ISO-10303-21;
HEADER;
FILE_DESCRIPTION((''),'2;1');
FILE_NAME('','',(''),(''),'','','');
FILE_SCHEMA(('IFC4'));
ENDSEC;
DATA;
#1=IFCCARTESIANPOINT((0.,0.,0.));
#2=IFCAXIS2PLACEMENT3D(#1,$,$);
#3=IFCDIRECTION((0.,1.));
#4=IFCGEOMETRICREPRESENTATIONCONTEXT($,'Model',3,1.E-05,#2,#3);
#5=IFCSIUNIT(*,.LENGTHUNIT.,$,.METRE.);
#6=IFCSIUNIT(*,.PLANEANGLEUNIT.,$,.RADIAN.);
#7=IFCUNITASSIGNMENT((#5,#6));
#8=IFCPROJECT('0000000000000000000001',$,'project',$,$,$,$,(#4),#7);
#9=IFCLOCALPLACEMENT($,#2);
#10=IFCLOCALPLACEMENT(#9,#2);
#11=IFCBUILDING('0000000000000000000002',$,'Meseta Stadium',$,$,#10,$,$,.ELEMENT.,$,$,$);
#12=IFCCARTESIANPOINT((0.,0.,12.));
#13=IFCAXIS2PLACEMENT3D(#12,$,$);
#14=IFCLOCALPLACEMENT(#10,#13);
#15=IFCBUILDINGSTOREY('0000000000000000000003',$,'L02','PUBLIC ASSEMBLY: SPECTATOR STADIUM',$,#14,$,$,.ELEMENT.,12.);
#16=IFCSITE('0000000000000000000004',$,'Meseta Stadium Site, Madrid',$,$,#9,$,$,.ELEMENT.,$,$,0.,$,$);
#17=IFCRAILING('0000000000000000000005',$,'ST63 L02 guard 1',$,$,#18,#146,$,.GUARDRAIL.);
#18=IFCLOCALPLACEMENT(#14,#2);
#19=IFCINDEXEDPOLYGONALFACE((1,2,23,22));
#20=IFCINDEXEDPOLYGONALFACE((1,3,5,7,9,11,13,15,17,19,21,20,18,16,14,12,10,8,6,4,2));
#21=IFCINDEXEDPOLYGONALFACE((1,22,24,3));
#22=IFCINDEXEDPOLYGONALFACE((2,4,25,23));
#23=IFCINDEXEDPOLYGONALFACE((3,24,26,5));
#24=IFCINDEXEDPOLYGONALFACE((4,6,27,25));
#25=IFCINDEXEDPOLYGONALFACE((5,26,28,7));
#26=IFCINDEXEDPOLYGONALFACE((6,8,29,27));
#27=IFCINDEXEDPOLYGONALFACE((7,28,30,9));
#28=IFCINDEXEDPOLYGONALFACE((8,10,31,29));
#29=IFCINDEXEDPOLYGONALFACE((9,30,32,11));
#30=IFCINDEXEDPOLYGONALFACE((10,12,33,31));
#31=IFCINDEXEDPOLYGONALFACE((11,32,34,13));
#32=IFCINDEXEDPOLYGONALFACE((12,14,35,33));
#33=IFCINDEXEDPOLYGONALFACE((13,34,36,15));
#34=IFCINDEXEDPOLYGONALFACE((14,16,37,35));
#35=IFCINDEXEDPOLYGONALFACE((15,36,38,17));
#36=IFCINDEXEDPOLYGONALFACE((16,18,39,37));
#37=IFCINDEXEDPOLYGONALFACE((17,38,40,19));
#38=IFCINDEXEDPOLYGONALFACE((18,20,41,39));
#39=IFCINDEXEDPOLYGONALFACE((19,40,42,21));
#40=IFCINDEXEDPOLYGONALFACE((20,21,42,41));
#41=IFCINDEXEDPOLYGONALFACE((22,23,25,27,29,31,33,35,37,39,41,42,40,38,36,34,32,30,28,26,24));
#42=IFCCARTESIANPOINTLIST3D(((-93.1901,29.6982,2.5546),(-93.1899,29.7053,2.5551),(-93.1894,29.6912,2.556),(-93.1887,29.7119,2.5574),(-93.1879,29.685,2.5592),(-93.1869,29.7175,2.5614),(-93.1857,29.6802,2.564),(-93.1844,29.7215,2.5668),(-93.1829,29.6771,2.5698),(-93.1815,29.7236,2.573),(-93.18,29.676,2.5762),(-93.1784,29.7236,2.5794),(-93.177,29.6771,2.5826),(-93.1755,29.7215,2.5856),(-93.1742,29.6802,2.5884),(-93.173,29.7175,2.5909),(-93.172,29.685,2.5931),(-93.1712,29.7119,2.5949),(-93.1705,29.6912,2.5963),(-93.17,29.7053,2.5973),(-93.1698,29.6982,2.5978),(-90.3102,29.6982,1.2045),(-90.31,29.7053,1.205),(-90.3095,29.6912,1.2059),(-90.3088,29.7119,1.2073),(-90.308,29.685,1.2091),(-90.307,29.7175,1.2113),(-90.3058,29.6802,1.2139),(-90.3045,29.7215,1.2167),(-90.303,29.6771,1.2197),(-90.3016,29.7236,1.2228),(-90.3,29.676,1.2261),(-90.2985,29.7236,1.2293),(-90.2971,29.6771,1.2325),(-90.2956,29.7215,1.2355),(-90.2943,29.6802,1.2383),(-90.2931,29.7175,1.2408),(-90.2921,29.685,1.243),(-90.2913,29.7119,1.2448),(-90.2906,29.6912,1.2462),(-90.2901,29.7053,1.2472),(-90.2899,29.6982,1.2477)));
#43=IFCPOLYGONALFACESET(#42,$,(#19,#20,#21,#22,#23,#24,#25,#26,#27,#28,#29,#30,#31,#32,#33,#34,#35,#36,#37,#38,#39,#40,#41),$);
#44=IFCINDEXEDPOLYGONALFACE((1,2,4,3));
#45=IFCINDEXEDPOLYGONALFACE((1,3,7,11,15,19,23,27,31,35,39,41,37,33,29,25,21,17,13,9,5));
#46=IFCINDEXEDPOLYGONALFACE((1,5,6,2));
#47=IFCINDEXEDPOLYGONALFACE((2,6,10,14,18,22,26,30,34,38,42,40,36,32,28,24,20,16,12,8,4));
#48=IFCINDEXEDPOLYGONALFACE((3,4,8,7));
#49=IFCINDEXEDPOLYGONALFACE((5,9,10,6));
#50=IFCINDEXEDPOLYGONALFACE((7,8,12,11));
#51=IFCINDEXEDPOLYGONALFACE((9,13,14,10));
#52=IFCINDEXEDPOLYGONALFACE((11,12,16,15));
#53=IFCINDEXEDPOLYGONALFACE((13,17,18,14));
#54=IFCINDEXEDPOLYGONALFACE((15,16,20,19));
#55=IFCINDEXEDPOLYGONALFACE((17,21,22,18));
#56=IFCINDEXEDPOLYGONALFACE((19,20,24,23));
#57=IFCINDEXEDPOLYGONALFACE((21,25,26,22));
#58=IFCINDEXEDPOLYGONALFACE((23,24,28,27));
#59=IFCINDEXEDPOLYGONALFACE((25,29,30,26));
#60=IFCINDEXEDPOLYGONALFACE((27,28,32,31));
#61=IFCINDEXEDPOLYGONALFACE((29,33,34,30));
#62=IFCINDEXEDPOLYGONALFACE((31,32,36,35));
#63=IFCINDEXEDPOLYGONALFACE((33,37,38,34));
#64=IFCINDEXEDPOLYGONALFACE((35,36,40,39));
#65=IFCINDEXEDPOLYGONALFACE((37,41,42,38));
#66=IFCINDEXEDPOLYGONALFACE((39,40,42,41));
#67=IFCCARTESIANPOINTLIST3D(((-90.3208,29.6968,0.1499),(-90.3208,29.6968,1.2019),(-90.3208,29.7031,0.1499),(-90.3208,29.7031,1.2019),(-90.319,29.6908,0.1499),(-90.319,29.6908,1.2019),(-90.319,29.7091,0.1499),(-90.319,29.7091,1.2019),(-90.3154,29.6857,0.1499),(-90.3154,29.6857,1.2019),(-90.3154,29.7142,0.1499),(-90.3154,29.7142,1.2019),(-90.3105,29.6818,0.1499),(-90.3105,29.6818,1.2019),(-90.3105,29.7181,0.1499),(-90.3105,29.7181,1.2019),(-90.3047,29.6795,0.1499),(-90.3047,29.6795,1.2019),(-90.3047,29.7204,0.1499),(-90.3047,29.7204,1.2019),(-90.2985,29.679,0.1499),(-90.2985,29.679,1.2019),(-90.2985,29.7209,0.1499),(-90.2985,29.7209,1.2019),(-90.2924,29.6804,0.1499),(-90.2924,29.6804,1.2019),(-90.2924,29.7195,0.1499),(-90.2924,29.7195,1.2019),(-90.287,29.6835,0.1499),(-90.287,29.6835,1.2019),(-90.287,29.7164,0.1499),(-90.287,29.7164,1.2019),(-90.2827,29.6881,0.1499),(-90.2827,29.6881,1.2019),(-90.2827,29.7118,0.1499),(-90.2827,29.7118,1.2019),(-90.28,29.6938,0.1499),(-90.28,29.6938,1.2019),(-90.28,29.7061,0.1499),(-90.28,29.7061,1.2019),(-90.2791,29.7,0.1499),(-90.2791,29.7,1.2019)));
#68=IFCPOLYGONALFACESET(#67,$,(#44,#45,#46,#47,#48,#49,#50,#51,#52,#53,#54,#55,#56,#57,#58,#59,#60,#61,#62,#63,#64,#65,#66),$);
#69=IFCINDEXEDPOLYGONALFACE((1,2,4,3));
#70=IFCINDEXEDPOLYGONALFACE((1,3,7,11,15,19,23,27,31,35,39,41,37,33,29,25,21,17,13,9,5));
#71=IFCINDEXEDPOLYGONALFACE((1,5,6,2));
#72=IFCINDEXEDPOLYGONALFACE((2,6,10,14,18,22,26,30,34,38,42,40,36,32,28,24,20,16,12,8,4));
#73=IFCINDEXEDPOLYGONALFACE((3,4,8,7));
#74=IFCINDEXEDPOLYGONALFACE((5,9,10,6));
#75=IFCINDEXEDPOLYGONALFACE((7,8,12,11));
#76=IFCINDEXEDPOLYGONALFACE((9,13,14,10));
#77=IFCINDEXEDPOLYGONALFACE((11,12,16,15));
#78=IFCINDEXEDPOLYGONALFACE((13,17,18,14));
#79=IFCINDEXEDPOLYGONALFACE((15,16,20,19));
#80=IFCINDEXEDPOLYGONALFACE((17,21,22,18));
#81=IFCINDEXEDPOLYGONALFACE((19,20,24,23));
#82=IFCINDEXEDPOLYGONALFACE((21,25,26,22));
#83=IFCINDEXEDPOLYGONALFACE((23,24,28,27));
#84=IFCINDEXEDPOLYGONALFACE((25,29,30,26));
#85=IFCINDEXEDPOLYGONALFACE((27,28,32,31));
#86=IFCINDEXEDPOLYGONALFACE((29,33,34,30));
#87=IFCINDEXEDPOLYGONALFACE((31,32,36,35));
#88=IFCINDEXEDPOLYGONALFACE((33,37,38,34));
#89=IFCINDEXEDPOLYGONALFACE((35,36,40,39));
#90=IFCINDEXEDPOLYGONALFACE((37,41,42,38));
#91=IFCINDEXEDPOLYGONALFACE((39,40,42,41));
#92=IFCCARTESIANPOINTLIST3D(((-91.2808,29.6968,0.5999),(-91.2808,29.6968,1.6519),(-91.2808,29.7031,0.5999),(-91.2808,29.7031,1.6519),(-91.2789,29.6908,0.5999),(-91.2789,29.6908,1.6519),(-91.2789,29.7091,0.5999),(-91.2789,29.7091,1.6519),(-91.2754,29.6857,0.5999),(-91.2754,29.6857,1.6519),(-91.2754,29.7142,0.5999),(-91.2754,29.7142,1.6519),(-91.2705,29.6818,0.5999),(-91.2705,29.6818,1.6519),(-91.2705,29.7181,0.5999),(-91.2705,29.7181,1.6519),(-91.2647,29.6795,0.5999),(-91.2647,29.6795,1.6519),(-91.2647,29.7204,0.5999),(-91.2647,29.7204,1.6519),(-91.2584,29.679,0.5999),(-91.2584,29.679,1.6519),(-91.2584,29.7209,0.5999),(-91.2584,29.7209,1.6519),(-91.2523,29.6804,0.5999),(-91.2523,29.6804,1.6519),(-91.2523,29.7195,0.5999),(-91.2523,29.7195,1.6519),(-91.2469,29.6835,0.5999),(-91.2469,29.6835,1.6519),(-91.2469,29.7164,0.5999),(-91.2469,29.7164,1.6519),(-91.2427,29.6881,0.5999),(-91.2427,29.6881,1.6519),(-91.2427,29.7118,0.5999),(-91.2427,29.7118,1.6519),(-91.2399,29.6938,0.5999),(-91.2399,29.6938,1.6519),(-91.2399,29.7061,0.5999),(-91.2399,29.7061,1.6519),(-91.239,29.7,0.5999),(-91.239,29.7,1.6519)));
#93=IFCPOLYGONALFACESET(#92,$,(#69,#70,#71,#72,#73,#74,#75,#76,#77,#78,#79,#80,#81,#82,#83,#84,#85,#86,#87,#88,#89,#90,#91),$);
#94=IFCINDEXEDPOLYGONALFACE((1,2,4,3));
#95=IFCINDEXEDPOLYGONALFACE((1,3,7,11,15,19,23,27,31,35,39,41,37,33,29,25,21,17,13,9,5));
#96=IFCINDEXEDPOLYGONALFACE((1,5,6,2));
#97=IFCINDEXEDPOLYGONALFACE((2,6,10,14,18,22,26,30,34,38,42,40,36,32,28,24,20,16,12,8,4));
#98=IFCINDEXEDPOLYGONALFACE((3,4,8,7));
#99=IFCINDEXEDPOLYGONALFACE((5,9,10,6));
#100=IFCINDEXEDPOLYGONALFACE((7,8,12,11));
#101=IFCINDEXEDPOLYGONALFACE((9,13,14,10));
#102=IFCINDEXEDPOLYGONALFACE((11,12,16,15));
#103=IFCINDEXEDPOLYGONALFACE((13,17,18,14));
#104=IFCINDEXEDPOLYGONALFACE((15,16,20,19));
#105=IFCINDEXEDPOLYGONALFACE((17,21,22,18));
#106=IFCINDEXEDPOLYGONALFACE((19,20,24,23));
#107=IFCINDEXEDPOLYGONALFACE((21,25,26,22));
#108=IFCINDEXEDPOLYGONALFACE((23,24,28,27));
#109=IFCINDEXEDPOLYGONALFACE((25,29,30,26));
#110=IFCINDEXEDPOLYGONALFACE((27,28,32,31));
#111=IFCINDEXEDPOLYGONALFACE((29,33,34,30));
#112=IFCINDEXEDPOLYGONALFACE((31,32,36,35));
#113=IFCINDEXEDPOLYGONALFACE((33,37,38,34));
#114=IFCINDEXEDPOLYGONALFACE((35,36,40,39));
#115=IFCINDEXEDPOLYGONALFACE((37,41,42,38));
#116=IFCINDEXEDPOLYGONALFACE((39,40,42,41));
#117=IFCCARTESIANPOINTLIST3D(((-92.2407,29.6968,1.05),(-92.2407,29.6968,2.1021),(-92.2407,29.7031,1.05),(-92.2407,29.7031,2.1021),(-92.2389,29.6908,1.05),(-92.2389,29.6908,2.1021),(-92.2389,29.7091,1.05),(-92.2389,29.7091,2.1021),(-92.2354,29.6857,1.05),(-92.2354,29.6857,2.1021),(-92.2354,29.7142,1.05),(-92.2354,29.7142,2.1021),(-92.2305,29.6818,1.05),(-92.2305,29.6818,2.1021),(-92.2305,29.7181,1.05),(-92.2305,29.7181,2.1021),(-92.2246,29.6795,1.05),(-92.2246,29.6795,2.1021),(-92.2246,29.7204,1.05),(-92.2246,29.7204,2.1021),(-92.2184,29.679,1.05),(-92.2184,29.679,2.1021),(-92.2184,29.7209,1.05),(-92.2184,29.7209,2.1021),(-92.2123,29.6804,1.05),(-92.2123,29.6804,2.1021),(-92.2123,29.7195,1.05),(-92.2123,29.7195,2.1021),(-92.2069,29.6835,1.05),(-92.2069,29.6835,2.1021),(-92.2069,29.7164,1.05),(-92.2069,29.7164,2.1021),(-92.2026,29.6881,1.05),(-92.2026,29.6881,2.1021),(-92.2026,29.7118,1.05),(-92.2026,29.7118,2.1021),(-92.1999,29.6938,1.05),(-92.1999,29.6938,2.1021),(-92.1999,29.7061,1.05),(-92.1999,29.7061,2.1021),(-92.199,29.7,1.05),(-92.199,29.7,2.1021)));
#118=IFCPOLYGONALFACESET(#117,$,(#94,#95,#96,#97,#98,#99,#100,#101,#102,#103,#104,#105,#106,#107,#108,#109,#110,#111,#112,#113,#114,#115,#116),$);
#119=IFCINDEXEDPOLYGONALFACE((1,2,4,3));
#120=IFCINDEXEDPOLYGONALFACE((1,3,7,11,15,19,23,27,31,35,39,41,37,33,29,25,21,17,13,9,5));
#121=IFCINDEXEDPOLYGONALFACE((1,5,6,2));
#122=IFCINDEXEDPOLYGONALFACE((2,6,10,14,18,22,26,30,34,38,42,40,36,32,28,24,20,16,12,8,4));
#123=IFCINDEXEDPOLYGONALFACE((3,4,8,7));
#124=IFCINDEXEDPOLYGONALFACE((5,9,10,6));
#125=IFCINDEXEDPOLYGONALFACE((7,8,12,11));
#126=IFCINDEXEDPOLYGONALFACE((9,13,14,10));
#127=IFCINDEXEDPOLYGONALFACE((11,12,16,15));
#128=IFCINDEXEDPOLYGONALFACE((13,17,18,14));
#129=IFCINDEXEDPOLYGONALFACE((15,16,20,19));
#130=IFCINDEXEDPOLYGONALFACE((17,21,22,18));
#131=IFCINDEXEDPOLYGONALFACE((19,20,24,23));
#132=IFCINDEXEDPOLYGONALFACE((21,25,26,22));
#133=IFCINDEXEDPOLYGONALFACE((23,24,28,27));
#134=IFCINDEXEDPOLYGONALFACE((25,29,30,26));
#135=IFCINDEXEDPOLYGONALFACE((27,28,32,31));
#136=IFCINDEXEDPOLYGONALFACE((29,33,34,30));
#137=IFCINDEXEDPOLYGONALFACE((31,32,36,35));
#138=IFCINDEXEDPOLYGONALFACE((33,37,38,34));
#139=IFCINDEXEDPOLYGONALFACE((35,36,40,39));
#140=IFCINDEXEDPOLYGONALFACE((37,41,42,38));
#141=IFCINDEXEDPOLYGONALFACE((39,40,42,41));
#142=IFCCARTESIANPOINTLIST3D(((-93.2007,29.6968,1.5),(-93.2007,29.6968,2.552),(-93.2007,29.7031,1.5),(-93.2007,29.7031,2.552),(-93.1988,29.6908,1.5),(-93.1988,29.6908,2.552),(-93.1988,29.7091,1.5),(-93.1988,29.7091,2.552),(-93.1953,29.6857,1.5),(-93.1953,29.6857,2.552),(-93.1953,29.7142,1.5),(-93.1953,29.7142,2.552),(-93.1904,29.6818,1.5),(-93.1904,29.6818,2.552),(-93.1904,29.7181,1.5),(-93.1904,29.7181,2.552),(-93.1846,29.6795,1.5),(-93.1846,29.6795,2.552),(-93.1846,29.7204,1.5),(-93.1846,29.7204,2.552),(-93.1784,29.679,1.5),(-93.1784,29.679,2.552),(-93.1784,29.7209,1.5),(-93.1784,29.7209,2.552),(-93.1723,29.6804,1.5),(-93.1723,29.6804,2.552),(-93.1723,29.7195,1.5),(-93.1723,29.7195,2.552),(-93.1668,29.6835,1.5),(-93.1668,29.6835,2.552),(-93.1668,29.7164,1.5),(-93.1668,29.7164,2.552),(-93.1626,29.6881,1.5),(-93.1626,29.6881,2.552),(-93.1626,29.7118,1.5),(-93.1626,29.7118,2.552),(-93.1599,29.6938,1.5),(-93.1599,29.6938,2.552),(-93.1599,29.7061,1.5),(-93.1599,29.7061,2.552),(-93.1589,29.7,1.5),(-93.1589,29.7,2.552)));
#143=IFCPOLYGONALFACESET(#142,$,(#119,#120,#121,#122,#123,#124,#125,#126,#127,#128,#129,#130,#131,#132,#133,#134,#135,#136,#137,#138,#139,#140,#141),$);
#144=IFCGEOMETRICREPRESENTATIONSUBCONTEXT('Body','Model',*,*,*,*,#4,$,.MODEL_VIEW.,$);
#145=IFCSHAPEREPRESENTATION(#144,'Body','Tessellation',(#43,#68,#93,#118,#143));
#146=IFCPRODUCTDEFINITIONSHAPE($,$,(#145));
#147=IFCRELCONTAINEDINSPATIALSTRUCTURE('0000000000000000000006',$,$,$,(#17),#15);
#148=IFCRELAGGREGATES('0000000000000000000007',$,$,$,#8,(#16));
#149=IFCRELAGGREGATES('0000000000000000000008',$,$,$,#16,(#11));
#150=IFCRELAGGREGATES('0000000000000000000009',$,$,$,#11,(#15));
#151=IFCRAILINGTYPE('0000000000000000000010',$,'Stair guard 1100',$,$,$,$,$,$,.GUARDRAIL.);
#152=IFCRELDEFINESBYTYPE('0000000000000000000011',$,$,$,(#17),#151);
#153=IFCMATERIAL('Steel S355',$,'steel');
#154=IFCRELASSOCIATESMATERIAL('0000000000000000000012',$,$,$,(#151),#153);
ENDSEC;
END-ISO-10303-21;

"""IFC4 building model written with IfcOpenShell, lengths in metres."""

from ifc_helpers import new_model, si_unit, direction, frame, origin, origin_2d, place, context, subcontext, project, spatial, circle, extrude, material, type_object, element, save


model = new_model("IFC4")

# Units and contexts
model_context = context("Model", 3, precision=1e-05, world=origin(), true_north=direction((0.0, 1.0)))
body_context = subcontext(model_context, "Body", "Model", "MODEL_VIEW")
ifc_project = project(units=[si_unit("LENGTHUNIT", "METRE"), si_unit("PLANEANGLEUNIT", "RADIAN")], contexts=[model_context])

# Site, building, storey
site_placement = place(None, origin())
site = spatial("IfcSite", under=ifc_project, at=site_placement, Name="Meseta Stadium Site, Madrid", CompositionType="ELEMENT", RefElevation=0.0)
building_placement = place(site_placement, origin())
building = spatial("IfcBuilding", under=site, at=building_placement, Name="Meseta Stadium", CompositionType="ELEMENT")
storey_placement = place(building_placement, frame((0.0, 0.0, 12.0)))
storey = spatial("IfcBuildingStorey", under=building, at=storey_placement, Name="L02", Description="PUBLIC ASSEMBLY: SPECTATOR STADIUM", CompositionType="ELEMENT", Elevation=12.0)

# Railing
ifc_material_1 = material(Name="Steel S355", Category="steel")
railing_type_1 = type_object("IfcRailingType", Name="Stair guard 1100", PredefinedType="GUARDRAIL", material=ifc_material_1)
railing_1_placement = place(storey_placement, frame((-90.3, 29.7, 0.1499)))
element("IfcRailing", 1, at=railing_1_placement, inside=storey, type_object=railing_type_1, Name="ST63 L02 guard 1", PredefinedType="GUARDRAIL", context=body_context, shape_type="SweptSolid", body=[
    extrude(circle(Radius=0.0239, at=origin_2d()), frame((0.0, 0.0, 1.0762), z_axis=(-0.90544, 0.0, 0.424473), x_axis=(0.0, -1.0, 0.0)), (0.0, 0.0, 1.0), 3.1807),
    extrude(circle(Radius=0.021, at=origin_2d()), origin(), (0.0, 0.0, 1.0), 1.052),
    extrude(circle(Radius=0.021, at=origin_2d()), frame((-0.96, 0.0, 0.45)), (0.0, 0.0, 1.0), 1.052),
    extrude(circle(Radius=0.021, at=origin_2d()), frame((-1.9199, 0.0, 0.9001)), (0.0, 0.0, 1.0), 1.052),
    extrude(circle(Radius=0.021, at=origin_2d()), frame((-2.8799, 0.0, 1.3501)), (0.0, 0.0, 1.0), 1.052),
])

save(model, "model.ifc")
